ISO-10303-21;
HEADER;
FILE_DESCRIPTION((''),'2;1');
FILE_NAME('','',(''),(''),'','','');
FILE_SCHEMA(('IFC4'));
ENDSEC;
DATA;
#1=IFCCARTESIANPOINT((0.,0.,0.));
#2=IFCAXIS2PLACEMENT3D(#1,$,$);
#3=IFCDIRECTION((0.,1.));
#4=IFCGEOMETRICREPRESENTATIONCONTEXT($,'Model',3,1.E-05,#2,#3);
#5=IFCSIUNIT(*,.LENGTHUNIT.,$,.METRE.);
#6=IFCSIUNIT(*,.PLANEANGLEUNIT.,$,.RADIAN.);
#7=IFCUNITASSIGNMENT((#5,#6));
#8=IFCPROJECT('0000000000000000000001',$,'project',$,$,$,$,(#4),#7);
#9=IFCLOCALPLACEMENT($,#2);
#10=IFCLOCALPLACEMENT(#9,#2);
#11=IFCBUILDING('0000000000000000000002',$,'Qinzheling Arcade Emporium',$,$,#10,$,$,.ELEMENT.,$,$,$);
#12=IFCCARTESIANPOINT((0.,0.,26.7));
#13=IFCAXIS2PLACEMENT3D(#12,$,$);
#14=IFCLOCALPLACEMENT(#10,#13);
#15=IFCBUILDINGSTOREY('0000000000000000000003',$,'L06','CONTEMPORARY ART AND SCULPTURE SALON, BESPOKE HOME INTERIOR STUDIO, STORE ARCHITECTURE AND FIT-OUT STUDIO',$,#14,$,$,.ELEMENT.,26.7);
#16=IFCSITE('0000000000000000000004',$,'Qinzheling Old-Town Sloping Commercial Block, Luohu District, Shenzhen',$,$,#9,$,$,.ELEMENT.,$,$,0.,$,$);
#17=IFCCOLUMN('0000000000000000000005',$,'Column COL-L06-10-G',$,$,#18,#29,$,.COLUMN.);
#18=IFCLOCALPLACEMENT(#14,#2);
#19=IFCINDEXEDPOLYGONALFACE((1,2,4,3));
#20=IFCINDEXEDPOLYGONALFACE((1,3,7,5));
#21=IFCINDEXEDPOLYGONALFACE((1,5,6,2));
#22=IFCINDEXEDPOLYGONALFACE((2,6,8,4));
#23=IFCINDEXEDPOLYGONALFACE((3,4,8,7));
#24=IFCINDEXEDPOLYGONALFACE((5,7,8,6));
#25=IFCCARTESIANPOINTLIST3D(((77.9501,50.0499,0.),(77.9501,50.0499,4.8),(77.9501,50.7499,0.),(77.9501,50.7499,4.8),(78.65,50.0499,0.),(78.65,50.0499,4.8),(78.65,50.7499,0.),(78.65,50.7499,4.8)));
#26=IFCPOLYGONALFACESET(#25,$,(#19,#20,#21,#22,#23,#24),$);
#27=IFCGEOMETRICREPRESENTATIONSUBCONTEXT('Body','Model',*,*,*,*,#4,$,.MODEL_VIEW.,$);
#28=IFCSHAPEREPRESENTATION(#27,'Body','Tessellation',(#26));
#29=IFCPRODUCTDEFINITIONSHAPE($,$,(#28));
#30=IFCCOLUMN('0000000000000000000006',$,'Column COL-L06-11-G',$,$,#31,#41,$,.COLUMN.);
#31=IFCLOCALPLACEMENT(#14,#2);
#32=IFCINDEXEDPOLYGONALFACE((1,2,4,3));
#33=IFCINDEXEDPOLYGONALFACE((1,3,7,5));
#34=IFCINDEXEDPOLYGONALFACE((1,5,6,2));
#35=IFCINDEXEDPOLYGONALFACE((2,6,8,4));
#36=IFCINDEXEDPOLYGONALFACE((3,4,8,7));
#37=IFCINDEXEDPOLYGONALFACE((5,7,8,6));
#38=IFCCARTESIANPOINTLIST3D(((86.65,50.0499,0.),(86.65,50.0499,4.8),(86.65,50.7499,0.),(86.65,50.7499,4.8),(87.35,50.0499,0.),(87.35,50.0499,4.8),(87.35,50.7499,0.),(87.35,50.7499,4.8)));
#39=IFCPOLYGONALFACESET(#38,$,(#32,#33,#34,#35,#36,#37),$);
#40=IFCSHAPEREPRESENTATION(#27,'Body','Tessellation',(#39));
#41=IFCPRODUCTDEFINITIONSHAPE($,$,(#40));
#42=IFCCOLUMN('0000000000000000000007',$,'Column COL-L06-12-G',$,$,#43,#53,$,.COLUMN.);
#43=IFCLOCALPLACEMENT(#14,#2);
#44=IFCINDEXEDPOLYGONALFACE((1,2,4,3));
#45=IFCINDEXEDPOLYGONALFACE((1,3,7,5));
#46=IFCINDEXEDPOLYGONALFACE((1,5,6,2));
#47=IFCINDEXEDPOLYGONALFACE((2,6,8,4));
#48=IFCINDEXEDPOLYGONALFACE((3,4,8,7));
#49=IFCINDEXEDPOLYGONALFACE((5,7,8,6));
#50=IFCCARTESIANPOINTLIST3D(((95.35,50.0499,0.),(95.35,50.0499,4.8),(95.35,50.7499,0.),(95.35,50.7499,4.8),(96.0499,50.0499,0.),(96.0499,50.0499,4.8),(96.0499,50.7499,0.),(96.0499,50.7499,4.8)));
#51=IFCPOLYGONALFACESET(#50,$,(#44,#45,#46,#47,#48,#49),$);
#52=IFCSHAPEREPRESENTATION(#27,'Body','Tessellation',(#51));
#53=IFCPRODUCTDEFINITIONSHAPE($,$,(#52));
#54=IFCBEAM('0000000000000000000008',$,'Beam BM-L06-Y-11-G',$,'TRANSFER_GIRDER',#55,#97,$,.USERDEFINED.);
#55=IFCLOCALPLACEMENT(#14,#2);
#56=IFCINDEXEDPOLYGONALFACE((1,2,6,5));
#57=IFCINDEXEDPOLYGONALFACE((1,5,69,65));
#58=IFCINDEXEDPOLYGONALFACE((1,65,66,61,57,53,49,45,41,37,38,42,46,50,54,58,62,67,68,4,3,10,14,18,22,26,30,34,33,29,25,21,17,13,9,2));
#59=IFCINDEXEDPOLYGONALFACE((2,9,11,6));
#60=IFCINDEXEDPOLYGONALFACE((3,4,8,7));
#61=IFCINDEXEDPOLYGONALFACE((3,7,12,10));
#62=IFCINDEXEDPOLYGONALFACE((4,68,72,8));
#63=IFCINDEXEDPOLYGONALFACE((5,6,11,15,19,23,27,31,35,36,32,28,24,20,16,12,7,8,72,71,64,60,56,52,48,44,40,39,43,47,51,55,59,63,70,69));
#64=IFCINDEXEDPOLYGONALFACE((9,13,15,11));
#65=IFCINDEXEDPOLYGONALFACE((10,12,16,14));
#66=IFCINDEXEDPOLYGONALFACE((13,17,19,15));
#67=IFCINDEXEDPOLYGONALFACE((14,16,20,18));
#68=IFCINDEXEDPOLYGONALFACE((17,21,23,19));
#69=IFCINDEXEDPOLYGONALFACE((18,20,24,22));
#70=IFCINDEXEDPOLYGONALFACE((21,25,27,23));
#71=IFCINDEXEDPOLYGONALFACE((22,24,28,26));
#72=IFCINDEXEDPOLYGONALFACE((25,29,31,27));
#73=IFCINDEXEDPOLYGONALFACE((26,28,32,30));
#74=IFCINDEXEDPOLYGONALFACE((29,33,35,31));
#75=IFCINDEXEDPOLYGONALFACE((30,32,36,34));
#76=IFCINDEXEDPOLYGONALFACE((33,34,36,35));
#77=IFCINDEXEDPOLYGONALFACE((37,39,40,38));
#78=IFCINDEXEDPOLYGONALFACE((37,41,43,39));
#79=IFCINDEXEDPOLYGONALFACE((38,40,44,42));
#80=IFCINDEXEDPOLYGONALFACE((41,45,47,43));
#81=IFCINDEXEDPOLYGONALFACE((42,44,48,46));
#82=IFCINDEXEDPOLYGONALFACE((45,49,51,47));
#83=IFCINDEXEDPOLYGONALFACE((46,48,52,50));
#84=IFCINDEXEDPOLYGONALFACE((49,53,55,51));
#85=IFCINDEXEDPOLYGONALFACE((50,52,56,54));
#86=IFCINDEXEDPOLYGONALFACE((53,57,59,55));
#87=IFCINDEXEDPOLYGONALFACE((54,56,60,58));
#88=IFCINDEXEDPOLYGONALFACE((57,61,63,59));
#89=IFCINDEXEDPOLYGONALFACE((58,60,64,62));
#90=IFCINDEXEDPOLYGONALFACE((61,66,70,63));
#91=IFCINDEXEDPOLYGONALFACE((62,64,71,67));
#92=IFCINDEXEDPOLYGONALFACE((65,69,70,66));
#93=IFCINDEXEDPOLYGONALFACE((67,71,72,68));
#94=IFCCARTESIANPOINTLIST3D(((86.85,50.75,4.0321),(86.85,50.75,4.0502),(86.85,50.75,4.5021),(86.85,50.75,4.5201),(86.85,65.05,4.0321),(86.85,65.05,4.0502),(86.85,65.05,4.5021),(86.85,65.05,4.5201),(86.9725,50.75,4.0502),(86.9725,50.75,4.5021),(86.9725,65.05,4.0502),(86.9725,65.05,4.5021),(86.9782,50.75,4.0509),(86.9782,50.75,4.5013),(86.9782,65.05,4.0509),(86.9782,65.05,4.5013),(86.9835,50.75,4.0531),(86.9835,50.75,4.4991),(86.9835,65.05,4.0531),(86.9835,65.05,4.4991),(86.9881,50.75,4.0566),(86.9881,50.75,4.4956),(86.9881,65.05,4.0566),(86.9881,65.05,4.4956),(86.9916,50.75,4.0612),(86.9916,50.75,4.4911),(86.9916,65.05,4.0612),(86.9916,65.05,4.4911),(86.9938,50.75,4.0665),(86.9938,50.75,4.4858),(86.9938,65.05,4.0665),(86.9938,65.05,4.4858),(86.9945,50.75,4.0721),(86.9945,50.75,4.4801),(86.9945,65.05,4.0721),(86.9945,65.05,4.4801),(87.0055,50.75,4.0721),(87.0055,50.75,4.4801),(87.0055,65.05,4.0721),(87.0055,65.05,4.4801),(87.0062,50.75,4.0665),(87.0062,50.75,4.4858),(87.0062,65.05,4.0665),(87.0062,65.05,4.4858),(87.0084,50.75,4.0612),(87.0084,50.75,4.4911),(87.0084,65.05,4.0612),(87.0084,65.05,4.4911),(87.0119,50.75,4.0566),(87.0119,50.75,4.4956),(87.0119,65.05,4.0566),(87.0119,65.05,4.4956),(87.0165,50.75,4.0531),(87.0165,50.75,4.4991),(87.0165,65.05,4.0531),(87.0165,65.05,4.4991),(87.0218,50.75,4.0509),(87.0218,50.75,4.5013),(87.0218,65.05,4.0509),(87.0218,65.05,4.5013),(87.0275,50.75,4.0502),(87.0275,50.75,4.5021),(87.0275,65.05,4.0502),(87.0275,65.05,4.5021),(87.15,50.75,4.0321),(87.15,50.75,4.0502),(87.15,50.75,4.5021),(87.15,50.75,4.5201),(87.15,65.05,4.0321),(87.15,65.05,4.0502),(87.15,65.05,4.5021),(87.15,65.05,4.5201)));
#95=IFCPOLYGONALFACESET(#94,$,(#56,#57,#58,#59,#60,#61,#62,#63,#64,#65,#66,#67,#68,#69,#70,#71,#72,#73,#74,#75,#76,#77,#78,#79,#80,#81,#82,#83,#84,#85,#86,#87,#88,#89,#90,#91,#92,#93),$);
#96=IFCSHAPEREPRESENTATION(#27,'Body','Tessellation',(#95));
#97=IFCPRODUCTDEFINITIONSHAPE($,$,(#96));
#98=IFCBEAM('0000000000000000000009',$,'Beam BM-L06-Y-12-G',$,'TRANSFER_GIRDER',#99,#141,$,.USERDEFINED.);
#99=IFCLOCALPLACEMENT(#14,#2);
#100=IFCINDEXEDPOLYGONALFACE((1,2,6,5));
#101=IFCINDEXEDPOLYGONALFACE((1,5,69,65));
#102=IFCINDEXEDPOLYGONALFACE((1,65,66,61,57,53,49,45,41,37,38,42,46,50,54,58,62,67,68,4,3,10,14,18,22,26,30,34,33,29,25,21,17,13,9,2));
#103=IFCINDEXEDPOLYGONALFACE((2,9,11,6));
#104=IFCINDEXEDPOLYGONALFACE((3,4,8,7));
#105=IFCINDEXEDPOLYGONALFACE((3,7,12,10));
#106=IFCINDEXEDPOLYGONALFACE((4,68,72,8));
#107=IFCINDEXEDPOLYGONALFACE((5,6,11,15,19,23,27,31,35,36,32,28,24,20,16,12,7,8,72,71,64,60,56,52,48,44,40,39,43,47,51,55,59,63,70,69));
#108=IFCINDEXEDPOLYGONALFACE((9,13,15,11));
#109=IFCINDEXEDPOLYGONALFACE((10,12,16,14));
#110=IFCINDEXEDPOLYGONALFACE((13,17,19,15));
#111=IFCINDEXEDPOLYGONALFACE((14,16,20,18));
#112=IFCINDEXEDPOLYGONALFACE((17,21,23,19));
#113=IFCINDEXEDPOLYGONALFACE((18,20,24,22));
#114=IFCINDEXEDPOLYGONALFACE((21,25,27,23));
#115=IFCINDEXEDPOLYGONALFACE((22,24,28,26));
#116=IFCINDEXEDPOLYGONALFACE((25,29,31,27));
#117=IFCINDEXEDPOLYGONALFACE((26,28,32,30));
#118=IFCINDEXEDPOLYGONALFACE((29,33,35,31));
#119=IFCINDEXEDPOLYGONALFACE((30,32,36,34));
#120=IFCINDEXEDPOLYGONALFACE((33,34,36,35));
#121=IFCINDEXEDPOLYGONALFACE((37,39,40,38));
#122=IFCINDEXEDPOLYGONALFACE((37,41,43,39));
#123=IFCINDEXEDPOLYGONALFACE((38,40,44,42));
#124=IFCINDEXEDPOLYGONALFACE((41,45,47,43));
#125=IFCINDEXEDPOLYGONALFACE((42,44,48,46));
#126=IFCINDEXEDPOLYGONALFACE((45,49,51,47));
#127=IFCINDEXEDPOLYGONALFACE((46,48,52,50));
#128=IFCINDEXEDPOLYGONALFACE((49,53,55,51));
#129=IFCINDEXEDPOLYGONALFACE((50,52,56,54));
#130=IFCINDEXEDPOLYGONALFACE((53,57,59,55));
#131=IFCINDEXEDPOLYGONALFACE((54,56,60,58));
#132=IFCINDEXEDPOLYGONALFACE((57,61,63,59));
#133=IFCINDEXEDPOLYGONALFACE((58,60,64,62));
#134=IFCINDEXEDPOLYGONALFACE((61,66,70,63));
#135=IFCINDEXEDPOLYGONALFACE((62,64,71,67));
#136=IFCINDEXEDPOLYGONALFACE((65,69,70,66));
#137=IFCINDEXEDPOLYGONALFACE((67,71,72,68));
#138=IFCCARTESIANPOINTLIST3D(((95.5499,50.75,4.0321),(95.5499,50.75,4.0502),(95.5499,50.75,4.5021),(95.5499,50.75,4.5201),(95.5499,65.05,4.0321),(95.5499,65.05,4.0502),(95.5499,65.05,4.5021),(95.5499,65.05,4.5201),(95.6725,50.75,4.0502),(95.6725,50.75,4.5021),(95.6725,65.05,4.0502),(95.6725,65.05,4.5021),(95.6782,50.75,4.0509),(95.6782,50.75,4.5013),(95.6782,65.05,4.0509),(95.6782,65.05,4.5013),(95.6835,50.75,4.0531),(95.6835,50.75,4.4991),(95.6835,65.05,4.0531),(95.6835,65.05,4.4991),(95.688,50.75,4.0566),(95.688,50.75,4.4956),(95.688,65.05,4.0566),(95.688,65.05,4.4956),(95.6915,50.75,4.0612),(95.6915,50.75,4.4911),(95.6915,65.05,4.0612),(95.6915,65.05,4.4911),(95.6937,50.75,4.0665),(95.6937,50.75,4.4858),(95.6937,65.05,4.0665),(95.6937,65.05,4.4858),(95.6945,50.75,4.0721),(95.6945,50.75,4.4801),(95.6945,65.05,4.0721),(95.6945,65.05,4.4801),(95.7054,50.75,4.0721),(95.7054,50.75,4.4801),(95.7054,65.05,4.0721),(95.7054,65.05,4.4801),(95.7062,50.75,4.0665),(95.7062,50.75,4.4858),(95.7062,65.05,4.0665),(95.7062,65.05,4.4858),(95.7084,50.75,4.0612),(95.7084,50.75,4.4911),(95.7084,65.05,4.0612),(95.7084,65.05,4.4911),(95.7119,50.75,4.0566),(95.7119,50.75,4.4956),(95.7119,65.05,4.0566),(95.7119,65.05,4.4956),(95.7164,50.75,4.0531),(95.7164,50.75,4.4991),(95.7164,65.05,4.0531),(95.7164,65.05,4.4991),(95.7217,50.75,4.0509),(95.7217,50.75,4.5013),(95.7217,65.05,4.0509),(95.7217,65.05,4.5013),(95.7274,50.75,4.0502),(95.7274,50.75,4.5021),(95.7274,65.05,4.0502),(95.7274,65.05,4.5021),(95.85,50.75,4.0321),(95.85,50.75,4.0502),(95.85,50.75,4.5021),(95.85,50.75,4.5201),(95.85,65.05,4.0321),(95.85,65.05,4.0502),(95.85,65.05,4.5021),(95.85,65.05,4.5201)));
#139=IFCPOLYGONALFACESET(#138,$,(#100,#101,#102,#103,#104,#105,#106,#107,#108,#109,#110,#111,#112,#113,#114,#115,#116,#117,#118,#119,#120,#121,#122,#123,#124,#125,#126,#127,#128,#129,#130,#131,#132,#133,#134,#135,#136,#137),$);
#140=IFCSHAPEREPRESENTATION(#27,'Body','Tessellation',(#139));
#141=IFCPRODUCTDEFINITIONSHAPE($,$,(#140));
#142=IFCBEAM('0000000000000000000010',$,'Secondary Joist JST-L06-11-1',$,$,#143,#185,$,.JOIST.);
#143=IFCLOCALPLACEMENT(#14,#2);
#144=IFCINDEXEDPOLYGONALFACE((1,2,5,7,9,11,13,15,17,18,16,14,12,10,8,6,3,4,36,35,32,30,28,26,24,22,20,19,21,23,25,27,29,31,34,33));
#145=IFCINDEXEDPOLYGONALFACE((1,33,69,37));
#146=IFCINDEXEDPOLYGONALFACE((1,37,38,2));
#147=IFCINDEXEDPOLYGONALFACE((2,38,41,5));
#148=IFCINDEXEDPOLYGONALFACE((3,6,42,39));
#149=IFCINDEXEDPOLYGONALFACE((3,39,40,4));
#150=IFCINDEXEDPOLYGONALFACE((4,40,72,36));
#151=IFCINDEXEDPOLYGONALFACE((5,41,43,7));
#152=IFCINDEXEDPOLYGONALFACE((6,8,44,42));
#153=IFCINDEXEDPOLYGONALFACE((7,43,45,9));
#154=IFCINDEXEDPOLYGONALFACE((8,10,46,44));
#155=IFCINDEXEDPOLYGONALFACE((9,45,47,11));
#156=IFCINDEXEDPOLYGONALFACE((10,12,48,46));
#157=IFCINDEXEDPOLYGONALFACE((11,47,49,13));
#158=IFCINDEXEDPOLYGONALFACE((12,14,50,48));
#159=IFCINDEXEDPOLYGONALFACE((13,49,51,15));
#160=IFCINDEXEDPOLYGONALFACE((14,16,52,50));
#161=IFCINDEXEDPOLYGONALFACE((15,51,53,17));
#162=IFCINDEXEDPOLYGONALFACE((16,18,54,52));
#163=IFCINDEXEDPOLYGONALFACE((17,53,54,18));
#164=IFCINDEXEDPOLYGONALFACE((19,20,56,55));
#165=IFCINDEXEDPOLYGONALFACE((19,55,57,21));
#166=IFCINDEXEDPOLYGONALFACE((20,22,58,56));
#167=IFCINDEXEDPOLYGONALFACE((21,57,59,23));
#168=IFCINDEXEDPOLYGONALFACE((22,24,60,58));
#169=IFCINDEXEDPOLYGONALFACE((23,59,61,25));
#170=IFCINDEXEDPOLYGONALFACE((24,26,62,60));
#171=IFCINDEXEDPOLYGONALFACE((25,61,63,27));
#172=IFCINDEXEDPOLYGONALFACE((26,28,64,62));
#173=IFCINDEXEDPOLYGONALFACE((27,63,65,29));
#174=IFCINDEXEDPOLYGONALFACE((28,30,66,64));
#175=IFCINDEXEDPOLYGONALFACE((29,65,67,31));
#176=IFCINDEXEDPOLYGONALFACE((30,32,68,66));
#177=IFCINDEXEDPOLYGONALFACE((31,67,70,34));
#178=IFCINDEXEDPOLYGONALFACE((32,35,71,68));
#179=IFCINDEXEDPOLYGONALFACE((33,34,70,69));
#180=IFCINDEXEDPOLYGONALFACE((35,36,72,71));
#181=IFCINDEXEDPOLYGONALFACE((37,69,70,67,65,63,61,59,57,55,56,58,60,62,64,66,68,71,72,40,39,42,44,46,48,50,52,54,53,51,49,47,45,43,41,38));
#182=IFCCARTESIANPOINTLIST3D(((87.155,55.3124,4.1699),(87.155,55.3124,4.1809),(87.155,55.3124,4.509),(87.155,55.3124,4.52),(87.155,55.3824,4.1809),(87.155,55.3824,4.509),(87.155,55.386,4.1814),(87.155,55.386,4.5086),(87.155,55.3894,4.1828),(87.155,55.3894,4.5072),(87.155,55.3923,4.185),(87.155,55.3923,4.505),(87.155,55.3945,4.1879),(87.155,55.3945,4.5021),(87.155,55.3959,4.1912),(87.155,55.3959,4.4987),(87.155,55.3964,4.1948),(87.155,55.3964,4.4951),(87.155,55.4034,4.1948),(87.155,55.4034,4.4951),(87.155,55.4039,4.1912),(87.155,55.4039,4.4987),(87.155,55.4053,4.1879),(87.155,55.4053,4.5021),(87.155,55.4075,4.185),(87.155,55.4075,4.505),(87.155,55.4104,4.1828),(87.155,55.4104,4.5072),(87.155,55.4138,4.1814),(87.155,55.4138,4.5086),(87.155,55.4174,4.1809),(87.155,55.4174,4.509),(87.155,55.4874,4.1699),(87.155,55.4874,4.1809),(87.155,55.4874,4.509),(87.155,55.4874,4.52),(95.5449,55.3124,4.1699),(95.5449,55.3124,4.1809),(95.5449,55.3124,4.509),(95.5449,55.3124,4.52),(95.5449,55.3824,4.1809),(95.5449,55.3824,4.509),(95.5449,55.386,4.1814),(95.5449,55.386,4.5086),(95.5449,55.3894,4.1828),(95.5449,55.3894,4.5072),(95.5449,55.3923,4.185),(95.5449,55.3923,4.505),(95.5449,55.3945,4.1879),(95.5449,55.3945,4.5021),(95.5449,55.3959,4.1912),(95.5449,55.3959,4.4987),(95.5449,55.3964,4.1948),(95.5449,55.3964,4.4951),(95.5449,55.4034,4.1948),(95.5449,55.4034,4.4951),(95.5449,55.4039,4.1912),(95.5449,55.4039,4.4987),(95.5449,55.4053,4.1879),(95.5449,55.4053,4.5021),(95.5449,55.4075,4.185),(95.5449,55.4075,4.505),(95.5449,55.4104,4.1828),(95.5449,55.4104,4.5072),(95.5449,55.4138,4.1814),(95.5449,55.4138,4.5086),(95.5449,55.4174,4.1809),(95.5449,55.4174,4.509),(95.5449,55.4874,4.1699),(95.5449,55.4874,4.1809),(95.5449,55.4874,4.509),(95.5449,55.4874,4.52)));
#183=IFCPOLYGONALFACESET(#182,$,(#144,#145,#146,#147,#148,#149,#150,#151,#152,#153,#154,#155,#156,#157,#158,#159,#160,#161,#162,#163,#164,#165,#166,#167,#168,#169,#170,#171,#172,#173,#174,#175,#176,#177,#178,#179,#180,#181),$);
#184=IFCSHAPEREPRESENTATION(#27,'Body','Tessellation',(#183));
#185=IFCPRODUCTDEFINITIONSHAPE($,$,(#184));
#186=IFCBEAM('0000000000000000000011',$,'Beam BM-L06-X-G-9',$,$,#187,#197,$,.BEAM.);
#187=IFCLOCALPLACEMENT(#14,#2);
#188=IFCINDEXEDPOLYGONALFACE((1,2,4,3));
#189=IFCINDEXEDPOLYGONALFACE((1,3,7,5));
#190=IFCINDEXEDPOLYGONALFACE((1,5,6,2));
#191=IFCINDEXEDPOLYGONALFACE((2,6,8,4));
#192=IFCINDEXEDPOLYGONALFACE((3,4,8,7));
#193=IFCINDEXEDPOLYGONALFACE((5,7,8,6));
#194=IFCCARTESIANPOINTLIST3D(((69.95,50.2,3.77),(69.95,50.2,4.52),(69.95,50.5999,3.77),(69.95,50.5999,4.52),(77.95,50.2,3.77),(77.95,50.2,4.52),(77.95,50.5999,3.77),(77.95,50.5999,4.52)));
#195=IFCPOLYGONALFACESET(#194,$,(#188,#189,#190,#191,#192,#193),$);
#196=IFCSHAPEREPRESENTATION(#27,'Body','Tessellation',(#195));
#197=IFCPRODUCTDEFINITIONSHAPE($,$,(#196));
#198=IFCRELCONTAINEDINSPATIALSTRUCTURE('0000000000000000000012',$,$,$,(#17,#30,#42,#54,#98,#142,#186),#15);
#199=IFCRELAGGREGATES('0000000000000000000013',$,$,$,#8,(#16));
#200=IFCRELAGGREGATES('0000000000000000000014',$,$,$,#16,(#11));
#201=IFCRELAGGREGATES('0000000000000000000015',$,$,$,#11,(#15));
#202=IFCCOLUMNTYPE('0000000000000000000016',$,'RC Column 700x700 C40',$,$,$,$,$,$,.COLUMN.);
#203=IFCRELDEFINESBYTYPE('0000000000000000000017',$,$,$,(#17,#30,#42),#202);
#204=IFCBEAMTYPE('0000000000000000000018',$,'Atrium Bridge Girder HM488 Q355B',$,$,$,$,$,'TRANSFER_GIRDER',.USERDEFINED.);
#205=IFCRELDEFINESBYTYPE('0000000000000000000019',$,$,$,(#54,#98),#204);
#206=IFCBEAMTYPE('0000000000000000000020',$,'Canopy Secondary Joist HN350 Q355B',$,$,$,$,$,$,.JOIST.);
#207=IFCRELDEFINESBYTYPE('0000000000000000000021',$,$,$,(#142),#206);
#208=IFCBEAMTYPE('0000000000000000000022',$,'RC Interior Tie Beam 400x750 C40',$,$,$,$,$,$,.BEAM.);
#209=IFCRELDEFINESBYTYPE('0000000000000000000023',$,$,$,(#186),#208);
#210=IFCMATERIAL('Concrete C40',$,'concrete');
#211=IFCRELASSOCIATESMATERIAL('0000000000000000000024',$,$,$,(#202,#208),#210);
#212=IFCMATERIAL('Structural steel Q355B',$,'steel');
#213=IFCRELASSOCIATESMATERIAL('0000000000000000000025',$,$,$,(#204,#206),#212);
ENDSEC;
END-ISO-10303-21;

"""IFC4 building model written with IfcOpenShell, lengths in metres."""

from ifc_helpers import new_model, si_unit, direction, frame, origin, origin_2d, place, context, subcontext, project, spatial, rectangle, i_section, extrude, material, material_profile, profile_set, type_object, element, save


model = new_model("IFC4")

# Units and contexts
model_context = context("Model", 3, precision=1e-05, world=origin(), true_north=direction((0.0, 1.0)))
body_context = subcontext(model_context, "Body", "Model", "MODEL_VIEW")
ifc_project = project(units=[si_unit("LENGTHUNIT", "METRE"), si_unit("PLANEANGLEUNIT", "RADIAN")], contexts=[model_context])

# Site, building, storey
site_placement = place(None, origin())
site = spatial("IfcSite", under=ifc_project, at=site_placement, Name="Qinzheling Old-Town Sloping Commercial Block, Luohu District, Shenzhen", CompositionType="ELEMENT", RefElevation=0.0)
building_placement = place(site_placement, origin())
building = spatial("IfcBuilding", under=site, at=building_placement, Name="Qinzheling Arcade Emporium", CompositionType="ELEMENT")
storey_placement = place(building_placement, frame((0.0, 0.0, 26.7)))
storey = spatial("IfcBuildingStorey", under=building, at=storey_placement, Name="L06", Description="CONTEMPORARY ART AND SCULPTURE SALON, BESPOKE HOME INTERIOR STUDIO, STORE ARCHITECTURE AND FIT-OUT STUDIO", CompositionType="ELEMENT", Elevation=26.7)

# Columns
ifc_material_1 = material(Name="Concrete C40", Category="concrete")
ifc_material_profile_1 = material_profile(ifc_material_1, rectangle(XDim=0.7, YDim=0.7, at=origin_2d()), Name="RC 700x700", Category="concrete")
ifc_profile_set_1 = profile_set([ifc_material_profile_1], Name="Concrete C40")
column_type = type_object("IfcColumnType", Name="RC Column 700x700 C40", PredefinedType="COLUMN", material=ifc_profile_set_1)
for number, where, z_axis, x_axis, name in (
    (1, (78.3, 50.3999, 0.0), (0.0, 0.0, 1.0), (1.0, 0.0, 0.0), "Column COL-L06-10-G"),
    (2, (87.0, 50.3999, 0.0), (0.0, 0.0, 1.0), (1.0, 0.0, 0.0), "Column COL-L06-11-G"),
    (3, (95.7, 50.3999, 0.0), (0.0, 0.0, 1.0), (1.0, 0.0, 0.0), "Column COL-L06-12-G"),
):
    element("IfcColumn", number, at=place(storey_placement, frame(where, z_axis=z_axis, x_axis=x_axis)), inside=storey, type_object=column_type, Name=name, PredefinedType="COLUMN", context=body_context, shape_type="SweptSolid", body=[
        extrude(rectangle(XDim=0.7, YDim=0.7, at=origin_2d()), origin(), (0.0, 0.0, 1.0), 4.8),
    ])

# Beams
ifc_material_2 = material(Name="Structural steel Q355B", Category="steel")
ifc_material_profile_2 = material_profile(ifc_material_2, i_section(OverallWidth=0.3, OverallDepth=0.488, WebThickness=0.011, FlangeThickness=0.0181, FilletRadius=0.022, at=origin_2d()), Name="HM 488x300x11x18", Category="steel")
ifc_profile_set_2 = profile_set([ifc_material_profile_2], Name="Structural steel Q355B")
beam_type_1 = type_object("IfcBeamType", Name="Atrium Bridge Girder HM488 Q355B", ElementType="TRANSFER_GIRDER", PredefinedType="USERDEFINED", material=ifc_profile_set_2)
for number, where, z_axis, x_axis, name in (
    (4, (87.0, 50.75, 4.2761), (0.0, 1.0, 0.0), (-1.0, 0.0, 0.0), "Beam BM-L06-Y-11-G"),
    (5, (95.7, 50.75, 4.2761), (0.0, 1.0, 0.0), (-1.0, 0.0, 0.0), "Beam BM-L06-Y-12-G"),
):
    element("IfcBeam", number, at=place(storey_placement, frame(where, z_axis=z_axis, x_axis=x_axis)), inside=storey, type_object=beam_type_1, Name=name, ObjectType="TRANSFER_GIRDER", PredefinedType="USERDEFINED", context=body_context, shape_type="SweptSolid", body=[
        extrude(i_section(OverallWidth=0.3, OverallDepth=0.488, WebThickness=0.011, FlangeThickness=0.0181, FilletRadius=0.022, at=origin_2d()), origin(), (0.0, 0.0, 1.0), 14.3),
    ])
ifc_material_profile_3 = material_profile(ifc_material_2, i_section(OverallWidth=0.175, OverallDepth=0.3501, WebThickness=0.0071, FlangeThickness=0.011, FilletRadius=0.0139, at=origin_2d()), Name="HN 350x175x7x11", Category="steel")
ifc_profile_set_3 = profile_set([ifc_material_profile_3], Name="Structural steel Q355B")
beam_type_2 = type_object("IfcBeamType", Name="Canopy Secondary Joist HN350 Q355B", PredefinedType="JOIST", material=ifc_profile_set_3)
beam_1_placement = place(storey_placement, frame((87.155, 55.3999, 4.345), z_axis=(1.0, 0.0, 0.0), x_axis=(0.0, 1.0, 0.0)))
element("IfcBeam", 6, at=beam_1_placement, inside=storey, type_object=beam_type_2, Name="Secondary Joist JST-L06-11-1", PredefinedType="JOIST", context=body_context, shape_type="SweptSolid", body=[
    extrude(i_section(OverallWidth=0.175, OverallDepth=0.3501, WebThickness=0.0071, FlangeThickness=0.011, FilletRadius=0.0139, at=origin_2d()), origin(), (0.0, 0.0, 1.0), 8.3899),
])
ifc_material_profile_4 = material_profile(ifc_material_1, rectangle(XDim=0.3999, YDim=0.75, at=origin_2d()), Name="RC 400x750", Category="concrete")
ifc_profile_set_4 = profile_set([ifc_material_profile_4], Name="Concrete C40")
beam_type_3 = type_object("IfcBeamType", Name="RC Interior Tie Beam 400x750 C40", PredefinedType="BEAM", material=ifc_profile_set_4)
for number, where, z_axis, x_axis, name in (
    (7, (69.95, 50.3999, 4.145), (1.0, 0.0, 0.0), (0.0, 1.0, 0.0), "Beam BM-L06-X-G-9"),
):
    element("IfcBeam", number, at=place(storey_placement, frame(where, z_axis=z_axis, x_axis=x_axis)), inside=storey, type_object=beam_type_3, Name=name, PredefinedType="BEAM", context=body_context, shape_type="SweptSolid", body=[
        extrude(rectangle(XDim=0.3999, YDim=0.75, at=origin_2d()), origin(), (0.0, 0.0, 1.0), 8.0),
    ])

save(model, "model.ifc")
